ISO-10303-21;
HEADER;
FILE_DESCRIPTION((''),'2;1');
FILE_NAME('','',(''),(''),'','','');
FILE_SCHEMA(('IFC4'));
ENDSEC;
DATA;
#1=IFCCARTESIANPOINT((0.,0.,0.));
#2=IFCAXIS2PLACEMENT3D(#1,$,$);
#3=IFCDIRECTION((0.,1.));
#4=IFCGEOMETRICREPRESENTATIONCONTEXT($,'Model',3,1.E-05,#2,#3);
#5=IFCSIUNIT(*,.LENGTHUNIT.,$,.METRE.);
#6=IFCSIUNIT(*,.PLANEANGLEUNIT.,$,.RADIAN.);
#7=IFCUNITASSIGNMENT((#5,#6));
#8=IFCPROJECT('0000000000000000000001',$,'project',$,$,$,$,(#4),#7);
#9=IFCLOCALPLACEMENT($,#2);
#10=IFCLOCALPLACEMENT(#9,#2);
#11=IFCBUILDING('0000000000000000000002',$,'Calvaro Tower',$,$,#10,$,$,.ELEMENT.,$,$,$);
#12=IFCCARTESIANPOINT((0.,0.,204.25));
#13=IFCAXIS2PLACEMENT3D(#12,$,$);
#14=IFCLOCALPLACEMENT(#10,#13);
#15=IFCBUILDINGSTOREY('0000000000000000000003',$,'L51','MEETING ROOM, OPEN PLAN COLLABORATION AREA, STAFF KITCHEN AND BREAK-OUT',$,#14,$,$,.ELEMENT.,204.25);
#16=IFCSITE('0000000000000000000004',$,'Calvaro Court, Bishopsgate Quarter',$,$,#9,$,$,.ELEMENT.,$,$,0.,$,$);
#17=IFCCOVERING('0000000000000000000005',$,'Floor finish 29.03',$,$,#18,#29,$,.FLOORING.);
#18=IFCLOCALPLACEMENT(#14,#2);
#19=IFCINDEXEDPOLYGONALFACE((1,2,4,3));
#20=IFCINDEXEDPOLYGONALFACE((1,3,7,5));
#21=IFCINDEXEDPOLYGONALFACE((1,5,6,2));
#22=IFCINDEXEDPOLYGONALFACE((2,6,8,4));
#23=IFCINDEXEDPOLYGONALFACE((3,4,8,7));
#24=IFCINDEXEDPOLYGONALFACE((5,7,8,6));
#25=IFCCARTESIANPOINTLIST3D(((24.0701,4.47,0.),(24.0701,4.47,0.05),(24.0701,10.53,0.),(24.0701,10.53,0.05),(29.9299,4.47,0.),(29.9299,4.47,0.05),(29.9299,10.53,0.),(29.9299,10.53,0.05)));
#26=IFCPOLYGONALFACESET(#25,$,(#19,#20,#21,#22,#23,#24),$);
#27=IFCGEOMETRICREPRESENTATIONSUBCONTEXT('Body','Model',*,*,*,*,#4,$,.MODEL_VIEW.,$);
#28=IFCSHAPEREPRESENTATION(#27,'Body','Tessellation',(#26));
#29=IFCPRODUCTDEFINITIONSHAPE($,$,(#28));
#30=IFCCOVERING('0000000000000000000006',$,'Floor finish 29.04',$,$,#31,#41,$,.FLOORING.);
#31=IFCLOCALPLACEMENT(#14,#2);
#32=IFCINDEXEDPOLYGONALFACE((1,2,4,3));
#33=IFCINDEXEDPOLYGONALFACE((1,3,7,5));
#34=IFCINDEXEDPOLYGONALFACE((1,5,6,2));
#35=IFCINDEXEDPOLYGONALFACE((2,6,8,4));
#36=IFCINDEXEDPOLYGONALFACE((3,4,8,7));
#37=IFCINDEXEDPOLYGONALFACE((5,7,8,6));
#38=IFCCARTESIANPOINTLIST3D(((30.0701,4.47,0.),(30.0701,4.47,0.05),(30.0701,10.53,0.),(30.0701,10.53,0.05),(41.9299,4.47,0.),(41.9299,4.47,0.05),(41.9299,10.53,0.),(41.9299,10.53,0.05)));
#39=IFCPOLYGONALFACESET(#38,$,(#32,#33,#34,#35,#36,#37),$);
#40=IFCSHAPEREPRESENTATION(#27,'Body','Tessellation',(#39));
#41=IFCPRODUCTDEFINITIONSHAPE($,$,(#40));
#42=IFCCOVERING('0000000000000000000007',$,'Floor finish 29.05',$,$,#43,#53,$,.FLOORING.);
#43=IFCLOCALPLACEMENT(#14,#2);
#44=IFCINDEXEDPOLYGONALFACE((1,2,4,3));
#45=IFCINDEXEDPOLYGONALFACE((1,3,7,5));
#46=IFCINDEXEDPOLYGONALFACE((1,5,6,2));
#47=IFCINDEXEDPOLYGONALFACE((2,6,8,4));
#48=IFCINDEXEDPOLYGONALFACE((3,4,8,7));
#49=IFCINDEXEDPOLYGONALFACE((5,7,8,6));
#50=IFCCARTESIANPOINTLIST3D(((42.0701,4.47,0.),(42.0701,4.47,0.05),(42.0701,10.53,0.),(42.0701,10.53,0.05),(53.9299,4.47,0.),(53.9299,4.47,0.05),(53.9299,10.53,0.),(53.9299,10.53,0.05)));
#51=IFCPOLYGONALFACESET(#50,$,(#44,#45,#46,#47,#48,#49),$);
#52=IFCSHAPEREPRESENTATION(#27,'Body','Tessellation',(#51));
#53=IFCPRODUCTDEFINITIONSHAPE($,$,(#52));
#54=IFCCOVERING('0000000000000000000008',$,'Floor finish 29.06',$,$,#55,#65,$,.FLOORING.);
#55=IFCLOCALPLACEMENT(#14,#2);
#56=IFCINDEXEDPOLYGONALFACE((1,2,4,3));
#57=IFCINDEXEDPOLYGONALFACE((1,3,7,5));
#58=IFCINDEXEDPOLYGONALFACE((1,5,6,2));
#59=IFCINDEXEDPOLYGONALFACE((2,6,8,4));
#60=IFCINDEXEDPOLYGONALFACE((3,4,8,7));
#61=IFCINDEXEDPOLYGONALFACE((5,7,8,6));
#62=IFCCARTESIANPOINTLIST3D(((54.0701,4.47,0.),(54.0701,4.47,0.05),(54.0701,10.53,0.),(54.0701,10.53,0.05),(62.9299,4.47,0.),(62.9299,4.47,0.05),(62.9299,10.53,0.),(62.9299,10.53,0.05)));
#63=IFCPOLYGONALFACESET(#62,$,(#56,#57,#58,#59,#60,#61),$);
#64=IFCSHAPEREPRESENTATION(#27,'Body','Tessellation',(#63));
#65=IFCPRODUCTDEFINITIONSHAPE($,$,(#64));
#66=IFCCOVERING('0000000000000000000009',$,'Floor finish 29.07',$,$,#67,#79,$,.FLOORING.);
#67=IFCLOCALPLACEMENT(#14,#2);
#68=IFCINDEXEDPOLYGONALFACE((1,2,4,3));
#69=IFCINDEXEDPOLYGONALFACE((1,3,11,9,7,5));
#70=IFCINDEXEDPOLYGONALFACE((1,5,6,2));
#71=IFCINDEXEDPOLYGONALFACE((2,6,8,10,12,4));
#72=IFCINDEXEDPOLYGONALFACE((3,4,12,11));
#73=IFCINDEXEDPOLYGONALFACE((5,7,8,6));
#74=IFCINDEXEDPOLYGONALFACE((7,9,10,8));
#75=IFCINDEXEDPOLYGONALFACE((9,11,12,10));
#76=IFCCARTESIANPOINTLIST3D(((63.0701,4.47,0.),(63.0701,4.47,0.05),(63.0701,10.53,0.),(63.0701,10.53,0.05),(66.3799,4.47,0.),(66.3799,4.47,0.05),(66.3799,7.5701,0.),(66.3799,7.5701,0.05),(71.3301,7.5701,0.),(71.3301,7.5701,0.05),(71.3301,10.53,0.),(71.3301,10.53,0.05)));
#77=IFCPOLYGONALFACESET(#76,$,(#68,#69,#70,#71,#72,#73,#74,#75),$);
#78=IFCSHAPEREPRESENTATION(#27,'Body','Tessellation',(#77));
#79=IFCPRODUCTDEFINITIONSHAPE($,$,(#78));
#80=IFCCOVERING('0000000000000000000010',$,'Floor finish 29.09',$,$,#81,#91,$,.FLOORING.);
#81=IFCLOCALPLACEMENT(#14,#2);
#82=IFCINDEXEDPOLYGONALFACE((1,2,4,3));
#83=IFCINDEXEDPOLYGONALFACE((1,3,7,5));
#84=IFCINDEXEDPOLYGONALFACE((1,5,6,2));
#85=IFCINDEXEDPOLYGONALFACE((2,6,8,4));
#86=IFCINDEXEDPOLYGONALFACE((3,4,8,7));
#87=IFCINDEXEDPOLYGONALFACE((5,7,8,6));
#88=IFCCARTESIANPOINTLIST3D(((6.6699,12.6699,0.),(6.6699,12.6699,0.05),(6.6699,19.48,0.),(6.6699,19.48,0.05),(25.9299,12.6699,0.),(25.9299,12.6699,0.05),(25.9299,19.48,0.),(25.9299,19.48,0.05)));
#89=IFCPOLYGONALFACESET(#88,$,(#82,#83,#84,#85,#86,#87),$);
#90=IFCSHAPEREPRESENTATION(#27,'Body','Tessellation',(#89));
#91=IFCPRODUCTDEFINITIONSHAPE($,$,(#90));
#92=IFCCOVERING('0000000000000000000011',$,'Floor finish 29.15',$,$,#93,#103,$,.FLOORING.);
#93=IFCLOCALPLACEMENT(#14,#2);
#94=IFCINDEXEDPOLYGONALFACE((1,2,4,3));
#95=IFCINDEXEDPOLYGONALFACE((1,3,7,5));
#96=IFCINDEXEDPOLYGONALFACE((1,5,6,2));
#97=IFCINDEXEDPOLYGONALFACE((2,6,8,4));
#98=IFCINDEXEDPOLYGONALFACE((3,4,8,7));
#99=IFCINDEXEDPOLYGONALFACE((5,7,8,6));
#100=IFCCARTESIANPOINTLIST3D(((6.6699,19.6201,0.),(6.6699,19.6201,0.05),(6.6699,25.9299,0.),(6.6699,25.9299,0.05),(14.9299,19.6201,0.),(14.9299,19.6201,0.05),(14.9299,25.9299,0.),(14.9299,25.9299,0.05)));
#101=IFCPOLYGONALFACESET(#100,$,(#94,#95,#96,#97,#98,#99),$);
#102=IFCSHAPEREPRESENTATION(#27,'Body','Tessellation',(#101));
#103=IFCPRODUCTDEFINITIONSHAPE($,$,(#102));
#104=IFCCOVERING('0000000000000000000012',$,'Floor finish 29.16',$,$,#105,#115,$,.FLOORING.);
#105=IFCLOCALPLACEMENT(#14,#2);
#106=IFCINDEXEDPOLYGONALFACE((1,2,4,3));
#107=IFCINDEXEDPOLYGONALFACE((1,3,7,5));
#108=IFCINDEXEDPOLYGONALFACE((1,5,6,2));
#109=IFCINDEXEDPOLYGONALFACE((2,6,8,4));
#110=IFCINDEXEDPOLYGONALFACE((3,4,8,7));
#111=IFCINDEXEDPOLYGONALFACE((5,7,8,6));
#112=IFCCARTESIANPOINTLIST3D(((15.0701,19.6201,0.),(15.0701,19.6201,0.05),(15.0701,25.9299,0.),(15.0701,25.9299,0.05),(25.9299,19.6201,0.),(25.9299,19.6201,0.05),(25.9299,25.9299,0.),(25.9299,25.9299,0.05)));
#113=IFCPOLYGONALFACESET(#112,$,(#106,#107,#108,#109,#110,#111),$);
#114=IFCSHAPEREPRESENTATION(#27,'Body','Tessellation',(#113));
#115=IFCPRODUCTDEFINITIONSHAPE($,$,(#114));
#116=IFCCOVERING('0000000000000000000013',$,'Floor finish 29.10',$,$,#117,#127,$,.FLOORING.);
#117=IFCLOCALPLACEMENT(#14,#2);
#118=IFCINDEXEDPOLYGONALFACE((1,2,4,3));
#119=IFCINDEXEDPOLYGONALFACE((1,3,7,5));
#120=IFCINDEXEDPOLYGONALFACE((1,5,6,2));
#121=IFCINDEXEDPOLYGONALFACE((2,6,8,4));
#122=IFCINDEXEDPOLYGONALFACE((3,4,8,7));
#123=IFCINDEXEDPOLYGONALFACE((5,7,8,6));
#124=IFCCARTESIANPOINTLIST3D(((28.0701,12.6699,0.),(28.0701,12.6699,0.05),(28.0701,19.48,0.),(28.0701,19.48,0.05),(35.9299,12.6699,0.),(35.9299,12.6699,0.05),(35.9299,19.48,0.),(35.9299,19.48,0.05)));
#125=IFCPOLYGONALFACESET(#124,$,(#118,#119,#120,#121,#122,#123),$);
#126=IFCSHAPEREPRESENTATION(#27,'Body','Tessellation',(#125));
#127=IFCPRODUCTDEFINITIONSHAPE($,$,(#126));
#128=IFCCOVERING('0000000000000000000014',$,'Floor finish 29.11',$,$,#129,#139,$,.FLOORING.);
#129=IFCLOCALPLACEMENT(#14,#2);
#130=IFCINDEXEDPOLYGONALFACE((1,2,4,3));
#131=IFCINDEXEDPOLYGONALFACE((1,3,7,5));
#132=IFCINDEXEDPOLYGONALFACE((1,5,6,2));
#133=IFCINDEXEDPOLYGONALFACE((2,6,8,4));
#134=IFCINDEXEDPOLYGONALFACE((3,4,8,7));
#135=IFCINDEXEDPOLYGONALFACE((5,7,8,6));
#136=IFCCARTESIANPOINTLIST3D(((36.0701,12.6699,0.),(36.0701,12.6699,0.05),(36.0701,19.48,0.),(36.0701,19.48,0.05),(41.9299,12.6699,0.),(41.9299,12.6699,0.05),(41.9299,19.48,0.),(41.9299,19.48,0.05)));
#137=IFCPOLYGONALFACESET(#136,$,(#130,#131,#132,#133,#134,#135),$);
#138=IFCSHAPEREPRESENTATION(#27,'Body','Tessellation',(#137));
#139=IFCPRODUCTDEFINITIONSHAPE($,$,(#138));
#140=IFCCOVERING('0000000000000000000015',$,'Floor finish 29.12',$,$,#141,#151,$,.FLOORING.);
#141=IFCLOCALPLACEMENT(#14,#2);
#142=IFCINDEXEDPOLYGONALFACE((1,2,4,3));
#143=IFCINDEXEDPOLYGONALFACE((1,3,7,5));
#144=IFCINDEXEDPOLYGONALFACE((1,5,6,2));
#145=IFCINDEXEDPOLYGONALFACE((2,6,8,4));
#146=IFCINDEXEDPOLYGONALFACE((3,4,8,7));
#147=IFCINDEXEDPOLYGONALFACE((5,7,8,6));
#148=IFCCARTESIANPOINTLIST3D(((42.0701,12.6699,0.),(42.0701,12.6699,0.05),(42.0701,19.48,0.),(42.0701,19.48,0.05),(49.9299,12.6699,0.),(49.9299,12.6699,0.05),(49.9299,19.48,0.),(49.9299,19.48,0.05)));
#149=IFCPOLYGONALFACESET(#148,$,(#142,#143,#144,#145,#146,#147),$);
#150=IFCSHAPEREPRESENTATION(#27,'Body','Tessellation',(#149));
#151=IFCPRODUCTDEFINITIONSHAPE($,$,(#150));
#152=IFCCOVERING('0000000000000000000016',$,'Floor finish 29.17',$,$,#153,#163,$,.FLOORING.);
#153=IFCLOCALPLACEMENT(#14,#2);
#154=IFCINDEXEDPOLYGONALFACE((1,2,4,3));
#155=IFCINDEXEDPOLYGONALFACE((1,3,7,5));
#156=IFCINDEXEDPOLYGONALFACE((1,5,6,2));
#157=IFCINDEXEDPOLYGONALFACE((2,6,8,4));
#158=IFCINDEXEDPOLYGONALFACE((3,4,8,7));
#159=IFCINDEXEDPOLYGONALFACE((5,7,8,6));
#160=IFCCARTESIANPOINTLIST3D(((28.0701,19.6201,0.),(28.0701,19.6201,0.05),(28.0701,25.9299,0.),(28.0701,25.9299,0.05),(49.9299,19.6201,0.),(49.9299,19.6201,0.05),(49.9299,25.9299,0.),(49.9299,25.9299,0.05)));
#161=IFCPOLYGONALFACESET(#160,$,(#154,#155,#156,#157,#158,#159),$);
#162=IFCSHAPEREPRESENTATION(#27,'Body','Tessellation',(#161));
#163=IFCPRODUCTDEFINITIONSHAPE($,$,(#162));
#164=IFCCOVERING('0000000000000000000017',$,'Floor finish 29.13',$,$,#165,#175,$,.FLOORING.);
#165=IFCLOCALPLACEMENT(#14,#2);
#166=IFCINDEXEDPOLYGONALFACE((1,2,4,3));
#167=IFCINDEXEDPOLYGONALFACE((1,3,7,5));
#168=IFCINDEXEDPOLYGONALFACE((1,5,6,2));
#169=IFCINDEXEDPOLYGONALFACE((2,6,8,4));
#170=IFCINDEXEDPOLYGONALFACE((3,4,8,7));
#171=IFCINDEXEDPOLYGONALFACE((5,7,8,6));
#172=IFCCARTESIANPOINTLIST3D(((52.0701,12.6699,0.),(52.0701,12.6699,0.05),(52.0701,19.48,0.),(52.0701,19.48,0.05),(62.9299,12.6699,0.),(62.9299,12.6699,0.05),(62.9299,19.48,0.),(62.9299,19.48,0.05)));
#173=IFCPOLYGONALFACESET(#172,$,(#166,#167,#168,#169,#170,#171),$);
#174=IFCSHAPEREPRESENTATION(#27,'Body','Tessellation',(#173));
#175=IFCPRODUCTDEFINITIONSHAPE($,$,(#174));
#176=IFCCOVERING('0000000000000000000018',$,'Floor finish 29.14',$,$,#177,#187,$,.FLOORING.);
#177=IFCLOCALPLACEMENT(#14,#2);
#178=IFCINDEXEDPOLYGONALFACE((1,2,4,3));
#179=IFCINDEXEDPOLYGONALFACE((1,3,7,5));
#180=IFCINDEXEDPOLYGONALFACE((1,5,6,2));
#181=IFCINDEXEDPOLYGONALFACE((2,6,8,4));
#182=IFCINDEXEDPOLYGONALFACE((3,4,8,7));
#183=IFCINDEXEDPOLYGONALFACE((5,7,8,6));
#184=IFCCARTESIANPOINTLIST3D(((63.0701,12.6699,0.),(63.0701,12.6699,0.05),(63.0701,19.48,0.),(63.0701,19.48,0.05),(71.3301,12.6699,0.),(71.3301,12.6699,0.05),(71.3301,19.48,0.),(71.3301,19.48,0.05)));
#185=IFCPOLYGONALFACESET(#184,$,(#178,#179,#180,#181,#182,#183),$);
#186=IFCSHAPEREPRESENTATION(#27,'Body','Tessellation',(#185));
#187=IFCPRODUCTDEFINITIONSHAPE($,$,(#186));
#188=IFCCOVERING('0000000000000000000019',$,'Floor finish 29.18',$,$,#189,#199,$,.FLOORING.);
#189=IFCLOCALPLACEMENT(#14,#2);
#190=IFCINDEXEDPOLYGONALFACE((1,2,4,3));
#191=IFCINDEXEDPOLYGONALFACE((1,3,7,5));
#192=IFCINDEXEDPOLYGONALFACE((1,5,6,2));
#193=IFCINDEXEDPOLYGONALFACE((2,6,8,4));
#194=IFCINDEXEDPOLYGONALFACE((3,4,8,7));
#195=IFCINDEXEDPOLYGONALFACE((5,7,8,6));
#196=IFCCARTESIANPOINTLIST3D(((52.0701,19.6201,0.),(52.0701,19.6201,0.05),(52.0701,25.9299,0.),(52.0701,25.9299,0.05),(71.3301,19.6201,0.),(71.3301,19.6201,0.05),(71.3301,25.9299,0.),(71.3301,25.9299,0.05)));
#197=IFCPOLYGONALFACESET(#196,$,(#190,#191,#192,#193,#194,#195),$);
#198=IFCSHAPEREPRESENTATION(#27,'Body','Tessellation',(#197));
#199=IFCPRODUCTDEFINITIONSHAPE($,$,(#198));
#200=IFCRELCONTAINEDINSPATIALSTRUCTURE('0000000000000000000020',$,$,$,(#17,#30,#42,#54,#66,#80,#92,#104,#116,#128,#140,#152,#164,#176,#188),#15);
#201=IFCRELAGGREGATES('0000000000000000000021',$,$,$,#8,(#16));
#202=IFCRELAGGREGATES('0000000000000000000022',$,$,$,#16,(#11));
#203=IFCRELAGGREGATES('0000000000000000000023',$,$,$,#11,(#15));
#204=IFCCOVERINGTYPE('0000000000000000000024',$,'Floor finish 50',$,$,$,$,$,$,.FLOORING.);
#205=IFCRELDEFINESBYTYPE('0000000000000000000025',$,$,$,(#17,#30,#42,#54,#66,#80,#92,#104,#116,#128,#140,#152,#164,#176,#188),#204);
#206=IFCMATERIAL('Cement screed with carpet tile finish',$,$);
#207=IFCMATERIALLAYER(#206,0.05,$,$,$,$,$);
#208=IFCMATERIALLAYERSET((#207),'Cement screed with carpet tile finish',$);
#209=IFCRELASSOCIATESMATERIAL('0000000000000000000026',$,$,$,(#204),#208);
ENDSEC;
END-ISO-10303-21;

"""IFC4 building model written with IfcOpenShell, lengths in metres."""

from ifc_helpers import new_model, si_unit, direction, frame, origin, place, context, subcontext, project, spatial, polyline, outline, extrude, material, layer, layer_set, type_object, element, save


model = new_model("IFC4")

# Units and contexts
model_context = context("Model", 3, precision=1e-05, world=origin(), true_north=direction((0.0, 1.0)))
body_context = subcontext(model_context, "Body", "Model", "MODEL_VIEW")
ifc_project = project(units=[si_unit("LENGTHUNIT", "METRE"), si_unit("PLANEANGLEUNIT", "RADIAN")], contexts=[model_context])

# Site, building, storey
site_placement = place(None, origin())
site = spatial("IfcSite", under=ifc_project, at=site_placement, Name="Calvaro Court, Bishopsgate Quarter", CompositionType="ELEMENT", RefElevation=0.0)
building_placement = place(site_placement, origin())
building = spatial("IfcBuilding", under=site, at=building_placement, Name="Calvaro Tower", CompositionType="ELEMENT")
storey_placement = place(building_placement, frame((0.0, 0.0, 204.25)))
storey = spatial("IfcBuildingStorey", under=building, at=storey_placement, Name="L51", Description="MEETING ROOM, OPEN PLAN COLLABORATION AREA, STAFF KITCHEN AND BREAK-OUT", CompositionType="ELEMENT", Elevation=204.25)

# Coverings
ifc_material_1 = material(Name="Cement screed with carpet tile finish")
ifc_layer_1 = layer(ifc_material_1, 0.05)
ifc_layer_set_1 = layer_set([ifc_layer_1], Name="Cement screed with carpet tile finish")
covering_type = type_object("IfcCoveringType", Name="Floor finish 50", PredefinedType="FLOORING", material=ifc_layer_set_1)
covering_1_placement = place(storey_placement, origin())
element("IfcCovering", 1, at=covering_1_placement, inside=storey, type_object=covering_type, Name="Floor finish 29.03", PredefinedType="FLOORING", context=body_context, shape_type="SweptSolid", body=[
    extrude(outline(polyline([(24.0701, 10.53), (29.9299, 10.53), (29.9299, 4.47), (24.0701, 4.47), (24.0701, 10.53)])), origin(), (0.0, 0.0, 1.0), 0.05),
])
covering_2_placement = place(storey_placement, origin())
element("IfcCovering", 2, at=covering_2_placement, inside=storey, type_object=covering_type, Name="Floor finish 29.04", PredefinedType="FLOORING", context=body_context, shape_type="SweptSolid", body=[
    extrude(outline(polyline([(30.0701, 10.53), (41.9299, 10.53), (41.9299, 4.47), (30.0701, 4.47), (30.0701, 10.53)])), origin(), (0.0, 0.0, 1.0), 0.05),
])
covering_3_placement = place(storey_placement, origin())
element("IfcCovering", 3, at=covering_3_placement, inside=storey, type_object=covering_type, Name="Floor finish 29.05", PredefinedType="FLOORING", context=body_context, shape_type="SweptSolid", body=[
    extrude(outline(polyline([(42.0701, 10.53), (53.9299, 10.53), (53.9299, 4.47), (42.0701, 4.47), (42.0701, 10.53)])), origin(), (0.0, 0.0, 1.0), 0.05),
])
covering_4_placement = place(storey_placement, origin())
element("IfcCovering", 4, at=covering_4_placement, inside=storey, type_object=covering_type, Name="Floor finish 29.06", PredefinedType="FLOORING", context=body_context, shape_type="SweptSolid", body=[
    extrude(outline(polyline([(54.0701, 10.53), (62.9299, 10.53), (62.9299, 4.47), (54.0701, 4.47), (54.0701, 10.53)])), origin(), (0.0, 0.0, 1.0), 0.05),
])
covering_5_placement = place(storey_placement, origin())
element("IfcCovering", 5, at=covering_5_placement, inside=storey, type_object=covering_type, Name="Floor finish 29.07", PredefinedType="FLOORING", context=body_context, shape_type="SweptSolid", body=[
    extrude(outline(polyline([(71.3301, 7.5701), (66.3799, 7.5701), (66.3799, 4.47), (63.0701, 4.47), (63.0701, 10.53), (71.3301, 10.53), (71.3301, 7.5701)])), origin(), (0.0, 0.0, 1.0), 0.05),
])
covering_6_placement = place(storey_placement, origin())
element("IfcCovering", 6, at=covering_6_placement, inside=storey, type_object=covering_type, Name="Floor finish 29.09", PredefinedType="FLOORING", context=body_context, shape_type="SweptSolid", body=[
    extrude(outline(polyline([(25.9299, 19.48), (25.9299, 12.6699), (6.6699, 12.6699), (6.6699, 19.48), (25.9299, 19.48)])), origin(), (0.0, 0.0, 1.0), 0.05),
])
covering_7_placement = place(storey_placement, origin())
element("IfcCovering", 7, at=covering_7_placement, inside=storey, type_object=covering_type, Name="Floor finish 29.15", PredefinedType="FLOORING", context=body_context, shape_type="SweptSolid", body=[
    extrude(outline(polyline([(14.9299, 25.9299), (14.9299, 19.6201), (6.6699, 19.6201), (6.6699, 25.9299), (14.9299, 25.9299)])), origin(), (0.0, 0.0, 1.0), 0.05),
])
covering_8_placement = place(storey_placement, origin())
element("IfcCovering", 8, at=covering_8_placement, inside=storey, type_object=covering_type, Name="Floor finish 29.16", PredefinedType="FLOORING", context=body_context, shape_type="SweptSolid", body=[
    extrude(outline(polyline([(15.0701, 19.6201), (15.0701, 25.9299), (25.9299, 25.9299), (25.9299, 19.6201), (15.0701, 19.6201)])), origin(), (0.0, 0.0, 1.0), 0.05),
])
covering_9_placement = place(storey_placement, origin())
element("IfcCovering", 9, at=covering_9_placement, inside=storey, type_object=covering_type, Name="Floor finish 29.10", PredefinedType="FLOORING", context=body_context, shape_type="SweptSolid", body=[
    extrude(outline(polyline([(28.0701, 12.6699), (28.0701, 19.48), (35.9299, 19.48), (35.9299, 12.6699), (28.0701, 12.6699)])), origin(), (0.0, 0.0, 1.0), 0.05),
])
covering_10_placement = place(storey_placement, origin())
element("IfcCovering", 10, at=covering_10_placement, inside=storey, type_object=covering_type, Name="Floor finish 29.11", PredefinedType="FLOORING", context=body_context, shape_type="SweptSolid", body=[
    extrude(outline(polyline([(36.0701, 12.6699), (36.0701, 19.48), (41.9299, 19.48), (41.9299, 12.6699), (36.0701, 12.6699)])), origin(), (0.0, 0.0, 1.0), 0.05),
])
covering_11_placement = place(storey_placement, origin())
element("IfcCovering", 11, at=covering_11_placement, inside=storey, type_object=covering_type, Name="Floor finish 29.12", PredefinedType="FLOORING", context=body_context, shape_type="SweptSolid", body=[
    extrude(outline(polyline([(42.0701, 12.6699), (42.0701, 19.48), (49.9299, 19.48), (49.9299, 12.6699), (42.0701, 12.6699)])), origin(), (0.0, 0.0, 1.0), 0.05),
])
covering_12_placement = place(storey_placement, origin())
element("IfcCovering", 12, at=covering_12_placement, inside=storey, type_object=covering_type, Name="Floor finish 29.17", PredefinedType="FLOORING", context=body_context, shape_type="SweptSolid", body=[
    extrude(outline(polyline([(28.0701, 19.6201), (28.0701, 25.9299), (49.9299, 25.9299), (49.9299, 19.6201), (28.0701, 19.6201)])), origin(), (0.0, 0.0, 1.0), 0.05),
])
covering_13_placement = place(storey_placement, origin())
element("IfcCovering", 13, at=covering_13_placement, inside=storey, type_object=covering_type, Name="Floor finish 29.13", PredefinedType="FLOORING", context=body_context, shape_type="SweptSolid", body=[
    extrude(outline(polyline([(52.0701, 12.6699), (52.0701, 19.48), (62.9299, 19.48), (62.9299, 12.6699), (52.0701, 12.6699)])), origin(), (0.0, 0.0, 1.0), 0.05),
])
covering_14_placement = place(storey_placement, origin())
element("IfcCovering", 14, at=covering_14_placement, inside=storey, type_object=covering_type, Name="Floor finish 29.14", PredefinedType="FLOORING", context=body_context, shape_type="SweptSolid", body=[
    extrude(outline(polyline([(71.3301, 12.6699), (63.0701, 12.6699), (63.0701, 19.48), (71.3301, 19.48), (71.3301, 12.6699)])), origin(), (0.0, 0.0, 1.0), 0.05),
])
covering_15_placement = place(storey_placement, origin())
element("IfcCovering", 15, at=covering_15_placement, inside=storey, type_object=covering_type, Name="Floor finish 29.18", PredefinedType="FLOORING", context=body_context, shape_type="SweptSolid", body=[
    extrude(outline(polyline([(71.3301, 19.6201), (52.0701, 19.6201), (52.0701, 25.9299), (71.3301, 25.9299), (71.3301, 19.6201)])), origin(), (0.0, 0.0, 1.0), 0.05),
])

save(model, "model.ifc")
